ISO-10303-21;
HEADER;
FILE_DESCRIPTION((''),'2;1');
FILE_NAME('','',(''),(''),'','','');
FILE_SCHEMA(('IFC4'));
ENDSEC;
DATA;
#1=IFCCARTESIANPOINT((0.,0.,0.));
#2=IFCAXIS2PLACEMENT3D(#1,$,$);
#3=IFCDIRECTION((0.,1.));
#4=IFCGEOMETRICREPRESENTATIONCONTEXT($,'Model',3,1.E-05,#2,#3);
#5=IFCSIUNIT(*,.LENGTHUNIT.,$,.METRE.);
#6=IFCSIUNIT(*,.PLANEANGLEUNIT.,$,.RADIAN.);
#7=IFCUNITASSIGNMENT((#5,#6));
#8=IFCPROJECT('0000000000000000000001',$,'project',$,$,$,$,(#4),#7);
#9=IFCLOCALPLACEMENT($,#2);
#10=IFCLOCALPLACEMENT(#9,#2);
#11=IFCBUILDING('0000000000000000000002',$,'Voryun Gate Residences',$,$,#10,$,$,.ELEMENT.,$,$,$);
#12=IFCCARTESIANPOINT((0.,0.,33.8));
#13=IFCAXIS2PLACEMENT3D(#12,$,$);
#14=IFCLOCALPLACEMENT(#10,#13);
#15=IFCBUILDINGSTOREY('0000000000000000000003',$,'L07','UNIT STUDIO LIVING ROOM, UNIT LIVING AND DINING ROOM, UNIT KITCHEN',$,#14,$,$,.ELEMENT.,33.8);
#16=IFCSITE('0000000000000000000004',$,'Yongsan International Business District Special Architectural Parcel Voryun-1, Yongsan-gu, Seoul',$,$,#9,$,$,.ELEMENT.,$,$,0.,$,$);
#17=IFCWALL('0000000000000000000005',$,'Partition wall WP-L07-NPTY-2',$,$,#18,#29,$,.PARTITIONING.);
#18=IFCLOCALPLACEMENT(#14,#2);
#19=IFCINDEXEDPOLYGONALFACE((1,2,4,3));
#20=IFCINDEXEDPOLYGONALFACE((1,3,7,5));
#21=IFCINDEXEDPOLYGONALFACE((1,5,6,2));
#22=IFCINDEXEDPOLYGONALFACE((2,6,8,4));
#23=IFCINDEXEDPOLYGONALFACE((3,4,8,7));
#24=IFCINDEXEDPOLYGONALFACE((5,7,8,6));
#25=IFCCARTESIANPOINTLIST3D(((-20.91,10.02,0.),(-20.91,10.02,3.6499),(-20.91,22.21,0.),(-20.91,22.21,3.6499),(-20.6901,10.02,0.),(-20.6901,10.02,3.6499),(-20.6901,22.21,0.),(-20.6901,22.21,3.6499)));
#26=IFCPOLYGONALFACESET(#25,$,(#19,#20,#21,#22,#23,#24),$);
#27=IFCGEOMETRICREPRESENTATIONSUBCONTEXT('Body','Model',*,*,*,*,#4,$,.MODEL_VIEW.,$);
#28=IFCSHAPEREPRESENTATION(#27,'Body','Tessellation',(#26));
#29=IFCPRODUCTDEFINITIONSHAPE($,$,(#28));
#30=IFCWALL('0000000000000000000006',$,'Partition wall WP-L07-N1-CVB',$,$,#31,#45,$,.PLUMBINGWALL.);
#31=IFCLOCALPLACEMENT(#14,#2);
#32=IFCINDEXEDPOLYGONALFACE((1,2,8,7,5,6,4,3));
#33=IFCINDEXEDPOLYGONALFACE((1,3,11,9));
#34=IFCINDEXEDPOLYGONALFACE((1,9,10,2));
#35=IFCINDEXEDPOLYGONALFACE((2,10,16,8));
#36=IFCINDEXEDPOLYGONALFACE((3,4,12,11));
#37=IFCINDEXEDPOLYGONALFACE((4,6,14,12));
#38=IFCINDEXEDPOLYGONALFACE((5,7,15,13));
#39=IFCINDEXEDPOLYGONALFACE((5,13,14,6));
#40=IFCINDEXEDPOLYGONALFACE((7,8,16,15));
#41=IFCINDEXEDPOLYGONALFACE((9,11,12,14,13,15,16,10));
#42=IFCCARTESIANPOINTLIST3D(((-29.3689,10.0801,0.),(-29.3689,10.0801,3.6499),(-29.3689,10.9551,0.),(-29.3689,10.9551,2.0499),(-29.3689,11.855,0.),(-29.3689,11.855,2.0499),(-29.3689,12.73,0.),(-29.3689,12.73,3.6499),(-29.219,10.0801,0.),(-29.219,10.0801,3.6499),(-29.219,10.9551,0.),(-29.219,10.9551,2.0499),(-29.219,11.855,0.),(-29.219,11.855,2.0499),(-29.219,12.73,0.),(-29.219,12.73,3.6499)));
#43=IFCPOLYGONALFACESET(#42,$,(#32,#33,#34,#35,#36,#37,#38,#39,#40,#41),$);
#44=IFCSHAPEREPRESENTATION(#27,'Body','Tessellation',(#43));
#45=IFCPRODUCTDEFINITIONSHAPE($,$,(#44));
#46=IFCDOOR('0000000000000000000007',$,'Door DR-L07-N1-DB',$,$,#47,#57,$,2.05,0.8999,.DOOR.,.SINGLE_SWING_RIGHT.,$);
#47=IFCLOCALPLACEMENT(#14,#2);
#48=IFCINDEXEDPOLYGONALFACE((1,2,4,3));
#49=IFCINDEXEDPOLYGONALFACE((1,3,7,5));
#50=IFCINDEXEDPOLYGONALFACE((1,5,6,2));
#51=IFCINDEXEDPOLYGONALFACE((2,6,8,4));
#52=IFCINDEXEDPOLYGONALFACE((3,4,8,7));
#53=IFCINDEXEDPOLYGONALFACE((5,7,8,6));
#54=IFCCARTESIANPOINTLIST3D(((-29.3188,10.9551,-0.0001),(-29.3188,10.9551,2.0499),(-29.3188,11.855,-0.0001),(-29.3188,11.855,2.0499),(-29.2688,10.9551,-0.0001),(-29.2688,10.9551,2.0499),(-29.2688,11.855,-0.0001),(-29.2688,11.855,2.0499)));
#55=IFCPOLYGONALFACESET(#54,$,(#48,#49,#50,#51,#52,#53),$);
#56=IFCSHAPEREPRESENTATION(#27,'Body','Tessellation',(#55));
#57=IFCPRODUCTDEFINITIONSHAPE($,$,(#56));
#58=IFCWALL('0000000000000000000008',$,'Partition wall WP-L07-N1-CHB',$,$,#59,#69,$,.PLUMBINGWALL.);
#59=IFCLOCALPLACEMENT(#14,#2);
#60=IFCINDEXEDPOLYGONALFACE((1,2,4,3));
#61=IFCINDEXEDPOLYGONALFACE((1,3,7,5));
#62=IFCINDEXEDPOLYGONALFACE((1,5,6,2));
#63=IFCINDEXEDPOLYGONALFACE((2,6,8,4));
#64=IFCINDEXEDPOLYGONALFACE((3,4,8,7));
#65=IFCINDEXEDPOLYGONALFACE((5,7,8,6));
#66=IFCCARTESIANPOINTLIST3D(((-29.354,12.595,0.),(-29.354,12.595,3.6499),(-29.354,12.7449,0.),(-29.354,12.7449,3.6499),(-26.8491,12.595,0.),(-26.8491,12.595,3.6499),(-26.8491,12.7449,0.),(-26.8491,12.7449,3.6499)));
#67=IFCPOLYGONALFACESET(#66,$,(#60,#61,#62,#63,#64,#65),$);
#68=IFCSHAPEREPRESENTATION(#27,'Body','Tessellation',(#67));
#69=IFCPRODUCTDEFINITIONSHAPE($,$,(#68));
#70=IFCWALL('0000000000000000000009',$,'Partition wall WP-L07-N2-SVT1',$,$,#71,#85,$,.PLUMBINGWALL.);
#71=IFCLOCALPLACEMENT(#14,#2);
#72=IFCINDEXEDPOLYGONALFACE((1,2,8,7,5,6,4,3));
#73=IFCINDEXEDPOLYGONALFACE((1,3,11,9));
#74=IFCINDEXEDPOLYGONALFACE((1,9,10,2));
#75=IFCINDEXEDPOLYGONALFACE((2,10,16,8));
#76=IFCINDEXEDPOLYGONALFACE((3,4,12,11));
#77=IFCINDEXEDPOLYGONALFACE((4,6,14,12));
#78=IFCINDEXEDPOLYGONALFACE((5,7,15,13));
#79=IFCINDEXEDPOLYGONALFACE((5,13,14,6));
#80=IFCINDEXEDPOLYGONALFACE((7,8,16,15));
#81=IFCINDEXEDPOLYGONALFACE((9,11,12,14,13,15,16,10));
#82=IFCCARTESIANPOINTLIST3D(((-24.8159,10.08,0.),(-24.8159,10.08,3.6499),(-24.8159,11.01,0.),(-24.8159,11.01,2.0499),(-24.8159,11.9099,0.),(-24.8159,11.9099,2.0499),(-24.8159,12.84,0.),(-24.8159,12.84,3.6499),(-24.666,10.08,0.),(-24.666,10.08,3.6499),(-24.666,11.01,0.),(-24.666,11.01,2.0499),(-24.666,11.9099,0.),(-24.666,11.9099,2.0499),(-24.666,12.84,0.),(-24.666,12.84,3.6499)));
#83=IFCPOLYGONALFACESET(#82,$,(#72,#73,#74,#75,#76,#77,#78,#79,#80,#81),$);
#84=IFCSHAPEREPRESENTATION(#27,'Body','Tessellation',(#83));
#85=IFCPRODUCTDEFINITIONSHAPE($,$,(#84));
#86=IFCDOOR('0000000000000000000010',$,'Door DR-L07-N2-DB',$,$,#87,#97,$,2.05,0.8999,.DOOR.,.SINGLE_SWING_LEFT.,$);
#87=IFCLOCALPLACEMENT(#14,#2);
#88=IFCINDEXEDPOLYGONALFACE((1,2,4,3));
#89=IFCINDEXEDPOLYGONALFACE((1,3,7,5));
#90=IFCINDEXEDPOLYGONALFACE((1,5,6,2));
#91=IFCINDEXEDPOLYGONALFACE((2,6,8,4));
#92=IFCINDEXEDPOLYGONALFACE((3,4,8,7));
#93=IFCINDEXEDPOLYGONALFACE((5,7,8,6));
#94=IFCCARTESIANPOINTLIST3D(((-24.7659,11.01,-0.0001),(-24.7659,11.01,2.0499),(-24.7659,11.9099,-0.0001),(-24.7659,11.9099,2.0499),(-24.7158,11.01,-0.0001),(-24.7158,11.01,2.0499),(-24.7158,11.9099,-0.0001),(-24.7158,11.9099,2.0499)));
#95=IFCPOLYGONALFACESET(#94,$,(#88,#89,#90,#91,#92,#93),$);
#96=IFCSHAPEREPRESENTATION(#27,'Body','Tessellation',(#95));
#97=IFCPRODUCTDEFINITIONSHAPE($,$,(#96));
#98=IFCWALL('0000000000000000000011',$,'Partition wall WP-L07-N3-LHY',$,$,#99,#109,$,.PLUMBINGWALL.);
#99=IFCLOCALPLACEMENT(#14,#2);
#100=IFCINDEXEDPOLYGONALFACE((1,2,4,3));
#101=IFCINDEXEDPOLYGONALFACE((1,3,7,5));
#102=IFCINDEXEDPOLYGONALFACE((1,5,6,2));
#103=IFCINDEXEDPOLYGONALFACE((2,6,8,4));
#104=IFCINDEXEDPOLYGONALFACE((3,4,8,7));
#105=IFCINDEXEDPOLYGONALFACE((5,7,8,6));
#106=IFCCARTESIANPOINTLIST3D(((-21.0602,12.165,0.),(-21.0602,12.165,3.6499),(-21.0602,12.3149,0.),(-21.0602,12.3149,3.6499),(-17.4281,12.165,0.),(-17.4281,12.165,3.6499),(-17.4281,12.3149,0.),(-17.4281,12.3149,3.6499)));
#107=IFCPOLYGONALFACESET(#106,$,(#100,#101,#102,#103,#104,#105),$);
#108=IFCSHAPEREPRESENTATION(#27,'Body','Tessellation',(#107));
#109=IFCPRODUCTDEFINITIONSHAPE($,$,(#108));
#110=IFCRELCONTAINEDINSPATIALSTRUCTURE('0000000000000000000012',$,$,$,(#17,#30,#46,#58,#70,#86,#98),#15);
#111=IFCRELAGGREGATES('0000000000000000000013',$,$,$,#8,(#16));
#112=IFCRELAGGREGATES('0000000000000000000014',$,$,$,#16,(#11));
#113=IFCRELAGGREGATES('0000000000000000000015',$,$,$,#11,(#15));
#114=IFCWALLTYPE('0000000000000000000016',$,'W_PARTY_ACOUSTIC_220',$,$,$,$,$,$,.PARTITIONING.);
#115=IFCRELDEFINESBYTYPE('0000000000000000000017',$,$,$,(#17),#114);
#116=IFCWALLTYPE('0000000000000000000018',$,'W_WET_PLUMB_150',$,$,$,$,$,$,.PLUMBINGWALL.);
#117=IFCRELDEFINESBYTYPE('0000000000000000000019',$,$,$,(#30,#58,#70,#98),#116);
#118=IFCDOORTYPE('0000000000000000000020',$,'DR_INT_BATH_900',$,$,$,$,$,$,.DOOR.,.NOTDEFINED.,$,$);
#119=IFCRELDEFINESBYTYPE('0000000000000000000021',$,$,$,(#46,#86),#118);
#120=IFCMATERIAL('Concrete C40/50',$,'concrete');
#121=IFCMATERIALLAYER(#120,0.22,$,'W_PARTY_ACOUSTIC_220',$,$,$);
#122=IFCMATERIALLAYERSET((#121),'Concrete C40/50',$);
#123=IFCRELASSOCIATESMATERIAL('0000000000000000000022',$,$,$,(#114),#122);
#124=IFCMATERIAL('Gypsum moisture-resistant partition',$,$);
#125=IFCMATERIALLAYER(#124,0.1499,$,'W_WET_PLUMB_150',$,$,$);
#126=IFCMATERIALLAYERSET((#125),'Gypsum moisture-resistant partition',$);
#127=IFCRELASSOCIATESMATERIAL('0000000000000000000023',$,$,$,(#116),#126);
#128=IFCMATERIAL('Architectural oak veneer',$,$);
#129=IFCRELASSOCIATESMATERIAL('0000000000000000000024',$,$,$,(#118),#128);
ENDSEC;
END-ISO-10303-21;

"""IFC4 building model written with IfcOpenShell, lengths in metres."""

from ifc_helpers import new_model, si_unit, direction, frame, frame_2d, origin, place, context, subcontext, project, spatial, rectangle, extrude, material, layer, layer_set, type_object, element, fill, save


model = new_model("IFC4")

# Units and contexts
model_context = context("Model", 3, precision=1e-05, world=origin(), true_north=direction((0.0, 1.0)))
body_context = subcontext(model_context, "Body", "Model", "MODEL_VIEW")
ifc_project = project(units=[si_unit("LENGTHUNIT", "METRE"), si_unit("PLANEANGLEUNIT", "RADIAN")], contexts=[model_context])

# Site, building, storey
site_placement = place(None, origin())
site = spatial("IfcSite", under=ifc_project, at=site_placement, Name="Yongsan International Business District Special Architectural Parcel Voryun-1, Yongsan-gu, Seoul", CompositionType="ELEMENT", RefElevation=0.0)
building_placement = place(site_placement, origin())
building = spatial("IfcBuilding", under=site, at=building_placement, Name="Voryun Gate Residences", CompositionType="ELEMENT")
storey_placement = place(building_placement, frame((0.0, 0.0, 33.8)))
storey = spatial("IfcBuildingStorey", under=building, at=storey_placement, Name="L07", Description="UNIT STUDIO LIVING ROOM, UNIT LIVING AND DINING ROOM, UNIT KITCHEN", CompositionType="ELEMENT", Elevation=33.8)

# Wall
ifc_material_1 = material(Name="Concrete C40/50", Category="concrete")
ifc_layer_1 = layer(ifc_material_1, 0.22, Name="W_PARTY_ACOUSTIC_220")
ifc_layer_set_1 = layer_set([ifc_layer_1], Name="Concrete C40/50")
wall_type_1 = type_object("IfcWallType", Name="W_PARTY_ACOUSTIC_220", PredefinedType="PARTITIONING", material=ifc_layer_set_1)
wall_1_placement = place(storey_placement, frame((-20.8, 10.02, 0.0), z_axis=(0.0, 0.0, 1.0), x_axis=(0.0, 1.0, 0.0)))
element("IfcWall", 1, at=wall_1_placement, inside=storey, type_object=wall_type_1, Name="Partition wall WP-L07-NPTY-2", PredefinedType="PARTITIONING", context=body_context, shape_type="SweptSolid", body=[
    extrude(rectangle(XDim=12.1899, YDim=0.22, at=frame_2d((6.095, 0.0))), origin(), (0.0, 0.0, 1.0), 3.6499),
])

# Wall, opening, door
ifc_material_2 = material(Name="Gypsum moisture-resistant partition")
ifc_layer_2 = layer(ifc_material_2, 0.1499, Name="W_WET_PLUMB_150")
ifc_layer_set_2 = layer_set([ifc_layer_2], Name="Gypsum moisture-resistant partition")
wall_type_2 = type_object("IfcWallType", Name="W_WET_PLUMB_150", PredefinedType="PLUMBINGWALL", material=ifc_layer_set_2)
wall_2_placement = place(storey_placement, frame((-29.2939, 10.0801, 0.0), z_axis=(0.0, 0.0, 1.0), x_axis=(0.0, 1.0, 0.0)))
wall_2 = element("IfcWall", 2, at=wall_2_placement, inside=storey, type_object=wall_type_2, Name="Partition wall WP-L07-N1-CVB", PredefinedType="PLUMBINGWALL", context=body_context, shape_type="SweptSolid", body=[
    extrude(rectangle(XDim=2.6499, YDim=0.1499, at=frame_2d((1.325, 0.0))), origin(), (0.0, 0.0, 1.0), 3.6499),
])
opening_1_placement = place(wall_2_placement, frame((0.875, 0.0, 0.0)))
opening_1 = element("IfcOpeningElement", 3, at=opening_1_placement, cuts=wall_2, PredefinedType="OPENING", context=body_context, shape_type="SweptSolid", body=[
    extrude(rectangle(XDim=0.8999, YDim=2.05, at=frame_2d((0.45, 1.0249))), frame((0.0, 0.085, 0.0), z_axis=(0.0, -1.0, 0.0), x_axis=(1.0, 0.0, 0.0)), (0.0, 0.0, 1.0), 0.1699),
])
ifc_material_3 = material(Name="Architectural oak veneer")
door_type = type_object("IfcDoorType", Name="DR_INT_BATH_900", OperationType="NOTDEFINED", PredefinedType="DOOR", material=ifc_material_3)
door_1_placement = place(opening_1_placement, origin())
door_1 = element("IfcDoor", 4, at=door_1_placement, inside=storey, type_object=door_type, Name="Door DR-L07-N1-DB", OperationType="SINGLE_SWING_RIGHT", OverallHeight=2.05, OverallWidth=0.8999, PredefinedType="DOOR", context=body_context, shape_type="SweptSolid", body=[
    extrude(rectangle(XDim=0.8999, YDim=2.05, at=frame_2d((0.45, 1.0249))), frame((0.0, 0.0249, 0.0), z_axis=(0.0, -1.0, 0.0), x_axis=(1.0, 0.0, 0.0)), (0.0, 0.0, 1.0), 0.05),
])
fill(opening_1, door_1)

# Wall
wall_3_placement = place(storey_placement, frame((-29.354, 12.6699, 0.0), z_axis=(0.0, 0.0, 1.0), x_axis=(1.0, 0.0, 0.0)))
element("IfcWall", 5, at=wall_3_placement, inside=storey, type_object=wall_type_2, Name="Partition wall WP-L07-N1-CHB", PredefinedType="PLUMBINGWALL", context=body_context, shape_type="SweptSolid", body=[
    extrude(rectangle(XDim=2.5049, YDim=0.1499, at=frame_2d((1.2524, 0.0))), origin(), (0.0, 0.0, 1.0), 3.6499),
])

# Wall, opening, door
wall_4_placement = place(storey_placement, frame((-24.741, 10.0801, 0.0), z_axis=(0.0, 0.0, 1.0), x_axis=(0.0, 1.0, 0.0)))
wall_4 = element("IfcWall", 6, at=wall_4_placement, inside=storey, type_object=wall_type_2, Name="Partition wall WP-L07-N2-SVT1", PredefinedType="PLUMBINGWALL", context=body_context, shape_type="SweptSolid", body=[
    extrude(rectangle(XDim=2.76, YDim=0.1499, at=frame_2d((1.3799, 0.0))), origin(), (0.0, 0.0, 1.0), 3.6499),
])
opening_2_placement = place(wall_4_placement, frame((0.9299, 0.0, 0.0)))
opening_2 = element("IfcOpeningElement", 7, at=opening_2_placement, cuts=wall_4, PredefinedType="OPENING", context=body_context, shape_type="SweptSolid", body=[
    extrude(rectangle(XDim=0.8999, YDim=2.05, at=frame_2d((0.45, 1.0249))), frame((0.0, 0.085, 0.0), z_axis=(0.0, -1.0, 0.0), x_axis=(1.0, 0.0, 0.0)), (0.0, 0.0, 1.0), 0.1699),
])
door_2_placement = place(opening_2_placement, origin())
door_2 = element("IfcDoor", 8, at=door_2_placement, inside=storey, type_object=door_type, Name="Door DR-L07-N2-DB", OperationType="SINGLE_SWING_LEFT", OverallHeight=2.05, OverallWidth=0.8999, PredefinedType="DOOR", context=body_context, shape_type="SweptSolid", body=[
    extrude(rectangle(XDim=0.8999, YDim=2.05, at=frame_2d((0.45, 1.0249))), frame((0.0, 0.0249, 0.0), z_axis=(0.0, -1.0, 0.0), x_axis=(1.0, 0.0, 0.0)), (0.0, 0.0, 1.0), 0.05),
])
fill(opening_2, door_2)

# Wall
wall_5_placement = place(storey_placement, frame((-21.0601, 12.24, 0.0), z_axis=(0.0, 0.0, 1.0), x_axis=(1.0, 0.0, 0.0)))
element("IfcWall", 9, at=wall_5_placement, inside=storey, type_object=wall_type_2, Name="Partition wall WP-L07-N3-LHY", PredefinedType="PLUMBINGWALL", context=body_context, shape_type="SweptSolid", body=[
    extrude(rectangle(XDim=3.6321, YDim=0.1499, at=frame_2d((1.8159, 0.0))), origin(), (0.0, 0.0, 1.0), 3.6499),
])

save(model, "model.ifc")
